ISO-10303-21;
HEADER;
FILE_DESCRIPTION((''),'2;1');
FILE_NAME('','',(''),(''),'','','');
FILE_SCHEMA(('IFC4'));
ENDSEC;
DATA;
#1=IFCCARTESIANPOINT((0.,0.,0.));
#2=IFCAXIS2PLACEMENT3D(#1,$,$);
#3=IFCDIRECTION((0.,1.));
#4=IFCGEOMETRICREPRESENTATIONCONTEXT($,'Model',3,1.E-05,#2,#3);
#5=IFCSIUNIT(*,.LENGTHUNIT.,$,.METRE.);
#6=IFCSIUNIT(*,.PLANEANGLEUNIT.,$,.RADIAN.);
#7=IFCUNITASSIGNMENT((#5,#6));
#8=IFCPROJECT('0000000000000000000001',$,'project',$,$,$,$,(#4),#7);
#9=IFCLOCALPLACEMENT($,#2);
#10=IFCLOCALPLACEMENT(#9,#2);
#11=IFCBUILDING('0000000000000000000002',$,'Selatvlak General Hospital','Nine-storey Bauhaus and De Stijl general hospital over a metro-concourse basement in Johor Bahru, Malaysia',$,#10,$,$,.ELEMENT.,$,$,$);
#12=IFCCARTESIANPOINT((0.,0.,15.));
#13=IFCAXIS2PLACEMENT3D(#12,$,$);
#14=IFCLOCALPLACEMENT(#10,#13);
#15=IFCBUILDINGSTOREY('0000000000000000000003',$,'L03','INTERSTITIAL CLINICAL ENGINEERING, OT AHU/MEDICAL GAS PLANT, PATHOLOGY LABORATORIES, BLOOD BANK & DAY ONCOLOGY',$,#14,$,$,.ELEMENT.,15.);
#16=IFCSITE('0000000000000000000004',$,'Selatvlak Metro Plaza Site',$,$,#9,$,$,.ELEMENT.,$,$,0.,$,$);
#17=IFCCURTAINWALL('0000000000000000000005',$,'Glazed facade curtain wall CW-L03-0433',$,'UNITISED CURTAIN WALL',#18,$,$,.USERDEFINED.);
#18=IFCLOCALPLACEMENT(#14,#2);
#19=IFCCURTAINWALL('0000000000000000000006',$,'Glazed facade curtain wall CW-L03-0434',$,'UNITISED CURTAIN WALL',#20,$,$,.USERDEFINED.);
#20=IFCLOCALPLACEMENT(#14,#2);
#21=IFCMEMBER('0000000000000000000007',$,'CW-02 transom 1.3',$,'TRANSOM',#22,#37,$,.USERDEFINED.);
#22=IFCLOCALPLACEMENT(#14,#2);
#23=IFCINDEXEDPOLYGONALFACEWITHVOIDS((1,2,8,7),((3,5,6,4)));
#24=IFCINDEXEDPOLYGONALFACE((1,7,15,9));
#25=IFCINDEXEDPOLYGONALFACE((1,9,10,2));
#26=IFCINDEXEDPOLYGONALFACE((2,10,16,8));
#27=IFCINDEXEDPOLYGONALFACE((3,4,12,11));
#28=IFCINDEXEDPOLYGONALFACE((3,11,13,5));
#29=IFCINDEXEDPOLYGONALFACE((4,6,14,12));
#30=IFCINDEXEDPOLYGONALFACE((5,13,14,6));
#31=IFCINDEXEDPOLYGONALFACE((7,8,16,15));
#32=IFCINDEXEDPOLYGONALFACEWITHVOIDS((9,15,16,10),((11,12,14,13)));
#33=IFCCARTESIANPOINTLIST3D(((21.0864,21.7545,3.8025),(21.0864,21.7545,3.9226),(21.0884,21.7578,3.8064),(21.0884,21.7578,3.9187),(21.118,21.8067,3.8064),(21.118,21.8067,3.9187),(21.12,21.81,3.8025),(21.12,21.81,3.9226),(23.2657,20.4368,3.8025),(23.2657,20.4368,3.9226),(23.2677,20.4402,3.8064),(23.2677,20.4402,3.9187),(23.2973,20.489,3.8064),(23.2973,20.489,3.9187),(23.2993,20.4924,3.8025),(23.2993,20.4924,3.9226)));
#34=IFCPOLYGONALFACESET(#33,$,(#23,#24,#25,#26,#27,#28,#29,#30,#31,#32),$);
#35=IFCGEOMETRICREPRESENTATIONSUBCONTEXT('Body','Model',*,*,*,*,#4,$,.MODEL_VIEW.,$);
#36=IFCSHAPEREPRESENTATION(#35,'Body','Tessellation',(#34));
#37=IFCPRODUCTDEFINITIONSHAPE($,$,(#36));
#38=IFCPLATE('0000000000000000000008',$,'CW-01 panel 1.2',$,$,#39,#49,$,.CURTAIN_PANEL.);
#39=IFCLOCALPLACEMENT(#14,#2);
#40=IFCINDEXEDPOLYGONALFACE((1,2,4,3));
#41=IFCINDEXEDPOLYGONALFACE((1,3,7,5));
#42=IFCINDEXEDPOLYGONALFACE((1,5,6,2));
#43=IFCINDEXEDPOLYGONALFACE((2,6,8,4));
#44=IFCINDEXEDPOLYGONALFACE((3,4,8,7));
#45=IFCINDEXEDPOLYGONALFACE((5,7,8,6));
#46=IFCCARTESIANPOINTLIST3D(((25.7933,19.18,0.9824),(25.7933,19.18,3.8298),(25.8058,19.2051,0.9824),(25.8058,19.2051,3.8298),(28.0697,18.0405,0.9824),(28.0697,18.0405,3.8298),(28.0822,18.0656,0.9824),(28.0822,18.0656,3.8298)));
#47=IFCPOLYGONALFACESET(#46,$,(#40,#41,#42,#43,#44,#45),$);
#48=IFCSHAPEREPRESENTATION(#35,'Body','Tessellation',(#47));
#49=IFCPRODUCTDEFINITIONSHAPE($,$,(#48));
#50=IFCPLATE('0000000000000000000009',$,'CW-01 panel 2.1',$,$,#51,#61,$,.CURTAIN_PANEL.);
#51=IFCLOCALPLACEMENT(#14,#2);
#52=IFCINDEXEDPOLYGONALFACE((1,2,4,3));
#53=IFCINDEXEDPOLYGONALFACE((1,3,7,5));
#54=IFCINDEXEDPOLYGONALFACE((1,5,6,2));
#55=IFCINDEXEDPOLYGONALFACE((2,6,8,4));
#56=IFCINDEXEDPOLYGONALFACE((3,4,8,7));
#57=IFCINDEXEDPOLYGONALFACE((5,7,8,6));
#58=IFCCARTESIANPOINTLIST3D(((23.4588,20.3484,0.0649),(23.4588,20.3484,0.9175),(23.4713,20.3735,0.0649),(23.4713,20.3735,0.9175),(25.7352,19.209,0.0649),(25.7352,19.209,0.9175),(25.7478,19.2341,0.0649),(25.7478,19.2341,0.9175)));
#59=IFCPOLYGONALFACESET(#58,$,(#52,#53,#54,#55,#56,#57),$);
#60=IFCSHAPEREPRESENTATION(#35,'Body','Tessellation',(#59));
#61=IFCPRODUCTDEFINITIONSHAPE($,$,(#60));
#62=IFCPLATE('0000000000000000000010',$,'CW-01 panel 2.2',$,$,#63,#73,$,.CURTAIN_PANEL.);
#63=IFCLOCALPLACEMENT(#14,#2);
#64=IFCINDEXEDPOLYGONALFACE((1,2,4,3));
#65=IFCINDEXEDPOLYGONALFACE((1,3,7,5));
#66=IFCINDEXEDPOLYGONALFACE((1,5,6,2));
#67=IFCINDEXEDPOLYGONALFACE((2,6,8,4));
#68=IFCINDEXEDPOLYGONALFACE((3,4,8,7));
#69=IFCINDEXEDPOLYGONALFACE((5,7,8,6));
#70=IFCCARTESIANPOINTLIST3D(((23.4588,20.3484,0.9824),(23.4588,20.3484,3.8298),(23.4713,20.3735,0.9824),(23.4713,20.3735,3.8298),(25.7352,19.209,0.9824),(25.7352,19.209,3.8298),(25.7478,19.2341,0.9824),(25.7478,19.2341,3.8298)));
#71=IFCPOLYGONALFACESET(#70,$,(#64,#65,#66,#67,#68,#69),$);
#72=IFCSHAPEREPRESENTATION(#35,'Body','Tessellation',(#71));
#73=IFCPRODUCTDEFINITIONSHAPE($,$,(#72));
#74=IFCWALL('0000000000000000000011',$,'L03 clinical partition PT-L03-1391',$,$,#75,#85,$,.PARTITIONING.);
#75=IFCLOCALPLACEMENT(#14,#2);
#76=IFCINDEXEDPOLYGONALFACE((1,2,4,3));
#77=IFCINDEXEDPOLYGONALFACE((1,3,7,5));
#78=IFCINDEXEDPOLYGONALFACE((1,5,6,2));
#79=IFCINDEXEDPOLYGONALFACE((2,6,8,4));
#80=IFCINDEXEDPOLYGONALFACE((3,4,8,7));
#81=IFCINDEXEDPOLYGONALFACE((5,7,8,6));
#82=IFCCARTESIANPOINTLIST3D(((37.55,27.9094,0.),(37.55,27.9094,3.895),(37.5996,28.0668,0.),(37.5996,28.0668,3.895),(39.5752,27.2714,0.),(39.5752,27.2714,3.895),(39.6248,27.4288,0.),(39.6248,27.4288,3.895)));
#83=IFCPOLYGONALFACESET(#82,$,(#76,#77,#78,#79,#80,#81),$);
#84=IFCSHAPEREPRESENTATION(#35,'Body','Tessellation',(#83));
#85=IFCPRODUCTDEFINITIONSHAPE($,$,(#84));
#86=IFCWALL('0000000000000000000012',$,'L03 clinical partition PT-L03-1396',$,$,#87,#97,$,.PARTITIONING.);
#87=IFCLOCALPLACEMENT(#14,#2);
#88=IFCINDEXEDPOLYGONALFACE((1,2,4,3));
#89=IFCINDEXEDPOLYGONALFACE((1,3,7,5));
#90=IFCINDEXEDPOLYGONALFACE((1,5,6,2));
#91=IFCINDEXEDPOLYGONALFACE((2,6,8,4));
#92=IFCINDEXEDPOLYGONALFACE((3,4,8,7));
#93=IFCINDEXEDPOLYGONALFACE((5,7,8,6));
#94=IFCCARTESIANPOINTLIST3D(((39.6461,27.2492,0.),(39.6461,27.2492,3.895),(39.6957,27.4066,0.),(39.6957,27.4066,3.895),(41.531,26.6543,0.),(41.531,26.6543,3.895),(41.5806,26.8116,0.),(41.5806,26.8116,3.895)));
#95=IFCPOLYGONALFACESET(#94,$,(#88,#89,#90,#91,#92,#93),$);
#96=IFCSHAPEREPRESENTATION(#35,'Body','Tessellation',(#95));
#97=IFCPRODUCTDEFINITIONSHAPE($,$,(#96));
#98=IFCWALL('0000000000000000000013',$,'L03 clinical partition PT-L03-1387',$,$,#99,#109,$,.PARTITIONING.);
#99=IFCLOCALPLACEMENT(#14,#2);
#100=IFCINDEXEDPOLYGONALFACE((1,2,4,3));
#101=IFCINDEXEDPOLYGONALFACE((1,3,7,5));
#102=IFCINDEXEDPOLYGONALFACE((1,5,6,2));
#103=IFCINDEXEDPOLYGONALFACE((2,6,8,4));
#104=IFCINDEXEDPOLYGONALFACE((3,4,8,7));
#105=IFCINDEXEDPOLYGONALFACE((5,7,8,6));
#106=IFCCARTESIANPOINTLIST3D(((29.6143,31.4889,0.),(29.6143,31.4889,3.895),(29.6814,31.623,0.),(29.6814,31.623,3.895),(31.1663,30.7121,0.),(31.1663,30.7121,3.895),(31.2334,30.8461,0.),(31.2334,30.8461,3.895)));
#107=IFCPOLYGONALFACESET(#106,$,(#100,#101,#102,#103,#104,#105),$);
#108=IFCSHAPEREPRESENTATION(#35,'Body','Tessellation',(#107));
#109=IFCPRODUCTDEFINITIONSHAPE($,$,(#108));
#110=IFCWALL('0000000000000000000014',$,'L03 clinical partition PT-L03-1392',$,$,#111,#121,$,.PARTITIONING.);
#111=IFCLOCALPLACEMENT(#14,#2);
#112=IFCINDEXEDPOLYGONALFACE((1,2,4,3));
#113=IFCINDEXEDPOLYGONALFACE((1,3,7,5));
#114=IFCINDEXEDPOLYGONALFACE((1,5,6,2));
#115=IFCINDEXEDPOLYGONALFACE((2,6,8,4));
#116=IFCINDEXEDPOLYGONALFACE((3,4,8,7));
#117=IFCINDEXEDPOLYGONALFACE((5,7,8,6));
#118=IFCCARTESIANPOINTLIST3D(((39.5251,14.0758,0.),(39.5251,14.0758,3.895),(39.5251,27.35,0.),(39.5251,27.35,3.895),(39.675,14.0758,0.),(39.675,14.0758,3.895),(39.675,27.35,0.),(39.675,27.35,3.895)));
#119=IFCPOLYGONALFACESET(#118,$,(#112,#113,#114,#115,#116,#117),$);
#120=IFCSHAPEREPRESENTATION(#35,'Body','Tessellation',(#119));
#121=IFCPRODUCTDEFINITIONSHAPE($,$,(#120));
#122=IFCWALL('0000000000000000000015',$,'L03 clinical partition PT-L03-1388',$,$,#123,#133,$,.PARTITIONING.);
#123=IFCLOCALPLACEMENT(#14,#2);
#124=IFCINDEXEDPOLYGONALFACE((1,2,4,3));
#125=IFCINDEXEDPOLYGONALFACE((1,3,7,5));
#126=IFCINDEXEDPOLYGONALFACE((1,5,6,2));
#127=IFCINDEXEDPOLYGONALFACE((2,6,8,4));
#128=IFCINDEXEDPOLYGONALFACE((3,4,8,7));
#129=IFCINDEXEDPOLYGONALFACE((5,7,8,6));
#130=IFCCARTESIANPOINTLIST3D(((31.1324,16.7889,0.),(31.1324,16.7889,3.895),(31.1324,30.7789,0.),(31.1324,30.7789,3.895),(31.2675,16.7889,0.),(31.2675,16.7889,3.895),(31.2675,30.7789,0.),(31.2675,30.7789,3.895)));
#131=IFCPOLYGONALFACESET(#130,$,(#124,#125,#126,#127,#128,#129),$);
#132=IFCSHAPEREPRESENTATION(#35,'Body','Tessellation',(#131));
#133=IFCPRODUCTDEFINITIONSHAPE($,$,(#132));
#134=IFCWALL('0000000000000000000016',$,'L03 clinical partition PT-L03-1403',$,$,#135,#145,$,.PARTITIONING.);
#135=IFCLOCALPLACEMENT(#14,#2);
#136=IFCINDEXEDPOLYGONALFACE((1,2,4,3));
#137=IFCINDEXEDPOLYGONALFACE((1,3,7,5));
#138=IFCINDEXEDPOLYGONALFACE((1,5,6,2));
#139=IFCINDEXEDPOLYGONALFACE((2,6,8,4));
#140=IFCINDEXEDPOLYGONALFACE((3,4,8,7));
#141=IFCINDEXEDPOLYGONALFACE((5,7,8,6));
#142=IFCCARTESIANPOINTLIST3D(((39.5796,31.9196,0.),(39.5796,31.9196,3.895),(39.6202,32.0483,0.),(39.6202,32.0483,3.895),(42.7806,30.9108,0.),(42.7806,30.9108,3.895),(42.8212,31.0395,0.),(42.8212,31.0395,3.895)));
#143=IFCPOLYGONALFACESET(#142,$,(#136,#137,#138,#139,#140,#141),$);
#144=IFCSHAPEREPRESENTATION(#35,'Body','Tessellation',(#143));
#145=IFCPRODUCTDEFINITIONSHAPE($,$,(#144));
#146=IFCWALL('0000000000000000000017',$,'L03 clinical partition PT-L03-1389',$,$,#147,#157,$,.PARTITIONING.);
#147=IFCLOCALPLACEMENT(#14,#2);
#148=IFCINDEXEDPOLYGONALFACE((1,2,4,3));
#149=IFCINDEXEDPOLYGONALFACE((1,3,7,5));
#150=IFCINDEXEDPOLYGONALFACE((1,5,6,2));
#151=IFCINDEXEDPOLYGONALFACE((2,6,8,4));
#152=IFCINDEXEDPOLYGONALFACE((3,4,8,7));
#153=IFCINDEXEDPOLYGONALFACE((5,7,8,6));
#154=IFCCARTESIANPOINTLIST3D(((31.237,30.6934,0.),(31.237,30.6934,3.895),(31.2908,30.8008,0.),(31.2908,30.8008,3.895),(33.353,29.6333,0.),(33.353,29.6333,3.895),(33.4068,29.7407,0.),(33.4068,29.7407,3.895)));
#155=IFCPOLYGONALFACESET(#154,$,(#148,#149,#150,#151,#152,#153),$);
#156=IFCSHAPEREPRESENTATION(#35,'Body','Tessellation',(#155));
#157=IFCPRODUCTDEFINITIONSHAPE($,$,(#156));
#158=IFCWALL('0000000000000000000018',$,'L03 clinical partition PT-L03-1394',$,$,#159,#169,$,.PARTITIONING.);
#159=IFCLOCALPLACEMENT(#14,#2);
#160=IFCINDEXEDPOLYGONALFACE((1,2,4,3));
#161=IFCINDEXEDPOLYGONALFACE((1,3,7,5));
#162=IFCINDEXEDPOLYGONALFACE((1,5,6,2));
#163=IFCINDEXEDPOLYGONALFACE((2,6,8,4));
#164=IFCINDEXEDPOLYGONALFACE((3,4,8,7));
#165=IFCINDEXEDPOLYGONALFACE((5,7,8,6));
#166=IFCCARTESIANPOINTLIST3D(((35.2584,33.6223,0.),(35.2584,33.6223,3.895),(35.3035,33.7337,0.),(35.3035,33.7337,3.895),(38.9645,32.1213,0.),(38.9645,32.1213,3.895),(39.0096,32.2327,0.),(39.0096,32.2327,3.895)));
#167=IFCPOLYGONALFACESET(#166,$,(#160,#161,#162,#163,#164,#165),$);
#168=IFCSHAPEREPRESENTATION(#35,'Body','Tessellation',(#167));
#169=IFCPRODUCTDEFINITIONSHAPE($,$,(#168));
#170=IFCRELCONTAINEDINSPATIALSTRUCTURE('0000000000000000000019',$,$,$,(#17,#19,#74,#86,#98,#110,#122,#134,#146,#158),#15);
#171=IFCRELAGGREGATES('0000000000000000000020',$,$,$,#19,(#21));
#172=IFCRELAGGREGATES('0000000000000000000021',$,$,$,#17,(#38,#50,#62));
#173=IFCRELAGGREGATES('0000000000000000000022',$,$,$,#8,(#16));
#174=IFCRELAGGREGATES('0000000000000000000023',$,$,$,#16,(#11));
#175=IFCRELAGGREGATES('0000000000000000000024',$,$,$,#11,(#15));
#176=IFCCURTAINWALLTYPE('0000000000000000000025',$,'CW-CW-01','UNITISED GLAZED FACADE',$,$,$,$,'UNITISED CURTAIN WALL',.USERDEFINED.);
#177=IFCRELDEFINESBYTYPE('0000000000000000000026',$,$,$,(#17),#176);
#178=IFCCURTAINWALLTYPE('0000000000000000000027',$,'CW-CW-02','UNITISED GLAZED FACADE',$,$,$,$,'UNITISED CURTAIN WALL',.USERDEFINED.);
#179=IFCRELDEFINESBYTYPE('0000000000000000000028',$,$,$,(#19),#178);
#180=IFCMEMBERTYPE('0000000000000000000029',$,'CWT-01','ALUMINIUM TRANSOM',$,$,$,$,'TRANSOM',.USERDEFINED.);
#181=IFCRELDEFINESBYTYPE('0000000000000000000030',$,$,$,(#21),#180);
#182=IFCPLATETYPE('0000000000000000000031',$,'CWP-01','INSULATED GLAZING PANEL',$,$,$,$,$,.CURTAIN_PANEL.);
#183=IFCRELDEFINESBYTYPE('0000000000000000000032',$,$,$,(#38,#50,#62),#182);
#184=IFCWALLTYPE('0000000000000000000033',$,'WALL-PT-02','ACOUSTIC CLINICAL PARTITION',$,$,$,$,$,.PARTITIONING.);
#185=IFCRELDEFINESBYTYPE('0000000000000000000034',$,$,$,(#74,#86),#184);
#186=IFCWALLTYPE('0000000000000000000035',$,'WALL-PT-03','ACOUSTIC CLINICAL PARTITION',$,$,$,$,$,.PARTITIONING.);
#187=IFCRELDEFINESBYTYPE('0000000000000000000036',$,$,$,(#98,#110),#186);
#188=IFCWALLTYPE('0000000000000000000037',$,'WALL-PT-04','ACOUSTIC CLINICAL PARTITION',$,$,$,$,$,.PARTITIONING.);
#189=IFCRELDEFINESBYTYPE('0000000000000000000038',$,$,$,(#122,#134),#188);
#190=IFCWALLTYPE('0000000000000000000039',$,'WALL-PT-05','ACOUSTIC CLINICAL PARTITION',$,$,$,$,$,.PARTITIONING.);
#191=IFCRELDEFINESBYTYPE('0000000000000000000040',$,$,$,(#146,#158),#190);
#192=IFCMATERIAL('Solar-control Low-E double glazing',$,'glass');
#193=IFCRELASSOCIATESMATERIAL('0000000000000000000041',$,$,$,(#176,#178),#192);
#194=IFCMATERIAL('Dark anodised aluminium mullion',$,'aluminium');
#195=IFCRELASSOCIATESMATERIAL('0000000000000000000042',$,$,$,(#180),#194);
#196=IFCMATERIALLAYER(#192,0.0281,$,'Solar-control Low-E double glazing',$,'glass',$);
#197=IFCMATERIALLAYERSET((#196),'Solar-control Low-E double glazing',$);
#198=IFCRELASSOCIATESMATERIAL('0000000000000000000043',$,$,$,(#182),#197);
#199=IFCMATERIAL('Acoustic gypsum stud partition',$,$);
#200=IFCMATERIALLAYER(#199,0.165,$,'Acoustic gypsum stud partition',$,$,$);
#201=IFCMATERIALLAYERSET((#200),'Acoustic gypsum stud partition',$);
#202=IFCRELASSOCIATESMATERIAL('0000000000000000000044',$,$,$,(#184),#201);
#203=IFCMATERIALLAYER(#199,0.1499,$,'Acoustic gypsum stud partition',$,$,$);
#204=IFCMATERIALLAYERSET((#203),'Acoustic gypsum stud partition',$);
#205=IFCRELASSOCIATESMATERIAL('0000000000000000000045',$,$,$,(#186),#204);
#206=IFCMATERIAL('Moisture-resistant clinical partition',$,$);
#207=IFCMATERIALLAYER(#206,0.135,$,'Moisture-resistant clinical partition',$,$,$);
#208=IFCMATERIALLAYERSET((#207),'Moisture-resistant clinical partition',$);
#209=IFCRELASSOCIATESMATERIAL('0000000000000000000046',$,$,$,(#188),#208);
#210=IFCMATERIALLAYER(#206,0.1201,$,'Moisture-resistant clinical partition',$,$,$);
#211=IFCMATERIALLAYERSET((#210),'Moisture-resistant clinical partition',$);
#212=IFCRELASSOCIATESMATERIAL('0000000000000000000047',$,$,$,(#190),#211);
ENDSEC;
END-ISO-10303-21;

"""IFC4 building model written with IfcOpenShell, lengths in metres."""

from ifc_helpers import new_model, si_unit, direction, frame, frame_2d, origin, origin_2d, place, context, subcontext, project, spatial, rectangle, hollow_rectangle, extrude, material, layer, layer_set, material_profile, profile_set, type_object, element, aggregate, save


model = new_model("IFC4")

# Units and contexts
model_context = context("Model", 3, precision=1e-05, world=origin(), true_north=direction((0.0, 1.0)))
body_context = subcontext(model_context, "Body", "Model", "MODEL_VIEW")
ifc_project = project(units=[si_unit("LENGTHUNIT", "METRE"), si_unit("PLANEANGLEUNIT", "RADIAN")], contexts=[model_context])

# Site, building, storey
site_placement = place(None, origin())
site = spatial("IfcSite", under=ifc_project, at=site_placement, Name="Selatvlak Metro Plaza Site", CompositionType="ELEMENT", RefElevation=0.0)
building_placement = place(site_placement, origin())
building = spatial("IfcBuilding", under=site, at=building_placement, Name="Selatvlak General Hospital", Description="Nine-storey Bauhaus and De Stijl general hospital over a metro-concourse basement in Johor Bahru, Malaysia", CompositionType="ELEMENT")
storey_placement = place(building_placement, frame((0.0, 0.0, 15.0)))
storey = spatial("IfcBuildingStorey", under=building, at=storey_placement, Name="L03", Description="INTERSTITIAL CLINICAL ENGINEERING, OT AHU/MEDICAL GAS PLANT, PATHOLOGY LABORATORIES, BLOOD BANK & DAY ONCOLOGY", CompositionType="ELEMENT", Elevation=15.0)

# Curtain wall
ifc_material_1 = material(Name="Solar-control Low-E double glazing", Category="glass")
curtain_wall_type_1 = type_object("IfcCurtainWallType", Name="CW-CW-01", Description="UNITISED GLAZED FACADE", ElementType="UNITISED CURTAIN WALL", PredefinedType="USERDEFINED", material=ifc_material_1)
curtain_wall_1_placement = place(storey_placement, origin())
curtain_wall_1 = element("IfcCurtainWall", 1, at=curtain_wall_1_placement, inside=storey, type_object=curtain_wall_type_1, Name="Glazed facade curtain wall CW-L03-0433", ObjectType="UNITISED CURTAIN WALL", PredefinedType="USERDEFINED")
ifc_material_2 = material(Name="Dark anodised aluminium mullion", Category="aluminium")

# Curtain wall
curtain_wall_type_2 = type_object("IfcCurtainWallType", Name="CW-CW-02", Description="UNITISED GLAZED FACADE", ElementType="UNITISED CURTAIN WALL", PredefinedType="USERDEFINED", material=ifc_material_1)
curtain_wall_2_placement = place(storey_placement, origin())
curtain_wall_2 = element("IfcCurtainWall", 2, at=curtain_wall_2_placement, inside=storey, type_object=curtain_wall_type_2, Name="Glazed facade curtain wall CW-L03-0434", ObjectType="UNITISED CURTAIN WALL", PredefinedType="USERDEFINED")

# Member
ifc_material_profile_1 = material_profile(ifc_material_2, hollow_rectangle(XDim=0.0649, YDim=0.1201, WallThickness=0.0039, at=origin_2d()), Name="AL-TRN 65x120x4")
ifc_profile_set_1 = profile_set([ifc_material_profile_1], Name="Dark anodised aluminium mullion")
member_type_1 = type_object("IfcMemberType", Name="CWT-01", Description="ALUMINIUM TRANSOM", ElementType="TRANSOM", PredefinedType="USERDEFINED", material=ifc_profile_set_1)
member_1_placement = place(storey_placement, frame((23.2825, 20.4646, 3.8625), z_axis=(-0.855737, 0.517411, 0.0), x_axis=(-0.517411, -0.855737, 0.0)))
member_1 = element("IfcMember", 3, at=member_1_placement, type_object=member_type_1, Name="CW-02 transom 1.3", ObjectType="TRANSOM", PredefinedType="USERDEFINED", context=body_context, shape_type="SweptSolid", body=[
    extrude(hollow_rectangle(XDim=0.0649, YDim=0.1201, WallThickness=0.0039, at=origin_2d()), origin(), (0.0, 0.0, 1.0), 2.5466),
])
aggregate(curtain_wall_2, [member_1])

# Plates
ifc_layer_1 = layer(ifc_material_1, 0.0281, Name="Solar-control Low-E double glazing", Category="glass")
ifc_layer_set_1 = layer_set([ifc_layer_1], Name="Solar-control Low-E double glazing")
plate_type = type_object("IfcPlateType", Name="CWP-01", Description="INSULATED GLAZING PANEL", PredefinedType="CURTAIN_PANEL", material=ifc_layer_set_1)
plate_1_placement = place(storey_placement, frame((26.9377, 18.6228, 0.9824), z_axis=(0.0, 0.0, 1.0), x_axis=(-0.894238, 0.447592, 0.0)))
plate_1 = element("IfcPlate", 4, at=plate_1_placement, type_object=plate_type, Name="CW-01 panel 1.2", PredefinedType="CURTAIN_PANEL", context=body_context, shape_type="SweptSolid", body=[
    extrude(rectangle(XDim=2.5457, YDim=0.0281, at=origin_2d()), origin(), (0.0, 0.0, 1.0), 2.8474),
])
plate_2_placement = place(storey_placement, frame((24.6033, 19.7913, 0.0649), z_axis=(0.0, 0.0, 1.0), x_axis=(-0.894238, 0.447592, 0.0)))
plate_2 = element("IfcPlate", 5, at=plate_2_placement, type_object=plate_type, Name="CW-01 panel 2.1", PredefinedType="CURTAIN_PANEL", context=body_context, shape_type="SweptSolid", body=[
    extrude(rectangle(XDim=2.5457, YDim=0.0281, at=origin_2d()), origin(), (0.0, 0.0, 1.0), 0.8525),
])
plate_3_placement = place(storey_placement, frame((24.6033, 19.7913, 0.9824), z_axis=(0.0, 0.0, 1.0), x_axis=(-0.894238, 0.447592, 0.0)))
plate_3 = element("IfcPlate", 6, at=plate_3_placement, type_object=plate_type, Name="CW-01 panel 2.2", PredefinedType="CURTAIN_PANEL", context=body_context, shape_type="SweptSolid", body=[
    extrude(rectangle(XDim=2.5457, YDim=0.0281, at=origin_2d()), origin(), (0.0, 0.0, 1.0), 2.8474),
])
aggregate(curtain_wall_1, [plate_1, plate_2, plate_3])

# Shared definitions
ifc_material_3 = material(Name="Acoustic gypsum stud partition")

# Walls
ifc_layer_2 = layer(ifc_material_3, 0.165, Name="Acoustic gypsum stud partition")
ifc_layer_set_2 = layer_set([ifc_layer_2], Name="Acoustic gypsum stud partition")
wall_type_1 = type_object("IfcWallType", Name="WALL-PT-02", Description="ACOUSTIC CLINICAL PARTITION", PredefinedType="PARTITIONING", material=ifc_layer_set_2)
wall_1_placement = place(storey_placement, frame((37.575, 27.988, 0.0), z_axis=(0.0, 0.0, 1.0), x_axis=(0.953796, -0.300454, 0.0)))
element("IfcWall", 7, at=wall_1_placement, inside=storey, type_object=wall_type_1, Name="L03 clinical partition PT-L03-1391", PredefinedType="PARTITIONING", context=body_context, shape_type="SweptSolid", body=[
    extrude(rectangle(XDim=2.1233, YDim=0.165, at=frame_2d((1.0615, 0.0))), origin(), (0.0, 0.0, 1.0), 3.895),
])
wall_2_placement = place(storey_placement, frame((39.6709, 27.3279, 0.0), z_axis=(0.0, 0.0, 1.0), x_axis=(0.953626, -0.300995, 0.0)))
element("IfcWall", 8, at=wall_2_placement, inside=storey, type_object=wall_type_1, Name="L03 clinical partition PT-L03-1396", PredefinedType="PARTITIONING", context=body_context, shape_type="SweptSolid", body=[
    extrude(rectangle(XDim=1.9766, YDim=0.165, at=frame_2d((0.9883, 0.0))), origin(), (0.0, 0.0, 1.0), 3.895),
])
ifc_layer_3 = layer(ifc_material_3, 0.1499, Name="Acoustic gypsum stud partition")
ifc_layer_set_3 = layer_set([ifc_layer_3], Name="Acoustic gypsum stud partition")
wall_type_2 = type_object("IfcWallType", Name="WALL-PT-03", Description="ACOUSTIC CLINICAL PARTITION", PredefinedType="PARTITIONING", material=ifc_layer_set_3)
wall_3_placement = place(storey_placement, frame((29.6479, 31.5559, 0.0), z_axis=(0.0, 0.0, 1.0), x_axis=(0.89423, -0.447607, 0.0)))
element("IfcWall", 9, at=wall_3_placement, inside=storey, type_object=wall_type_2, Name="L03 clinical partition PT-L03-1387", PredefinedType="PARTITIONING", context=body_context, shape_type="SweptSolid", body=[
    extrude(rectangle(XDim=1.7356, YDim=0.1499, at=frame_2d((0.8677, 0.0))), origin(), (0.0, 0.0, 1.0), 3.895),
])
wall_4_placement = place(storey_placement, frame((39.6001, 27.3501, 0.0), z_axis=(0.0, 0.0, 1.0), x_axis=(0.0, -1.0, 0.0)))
element("IfcWall", 10, at=wall_4_placement, inside=storey, type_object=wall_type_2, Name="L03 clinical partition PT-L03-1392", PredefinedType="PARTITIONING", context=body_context, shape_type="SweptSolid", body=[
    extrude(rectangle(XDim=13.2742, YDim=0.1499, at=frame_2d((6.6372, 0.0))), origin(), (0.0, 0.0, 1.0), 3.895),
])

# Walls
ifc_material_4 = material(Name="Moisture-resistant clinical partition")
ifc_layer_4 = layer(ifc_material_4, 0.135, Name="Moisture-resistant clinical partition")
ifc_layer_set_4 = layer_set([ifc_layer_4], Name="Moisture-resistant clinical partition")
wall_type_3 = type_object("IfcWallType", Name="WALL-PT-04", Description="ACOUSTIC CLINICAL PARTITION", PredefinedType="PARTITIONING", material=ifc_layer_set_4)
wall_5_placement = place(storey_placement, frame((31.2, 30.7791, 0.0), z_axis=(0.0, 0.0, 1.0), x_axis=(0.0, -1.0, 0.0)))
element("IfcWall", 11, at=wall_5_placement, inside=storey, type_object=wall_type_3, Name="L03 clinical partition PT-L03-1388", PredefinedType="PARTITIONING", context=body_context, shape_type="SweptSolid", body=[
    extrude(rectangle(XDim=13.99, YDim=0.135, at=frame_2d((6.9951, 0.0))), origin(), (0.0, 0.0, 1.0), 3.895),
])
wall_6_placement = place(storey_placement, frame((42.801, 30.9751, 0.0), z_axis=(0.0, 0.0, 1.0), x_axis=(-0.953756, 0.300581, 0.0)))
element("IfcWall", 12, at=wall_6_placement, inside=storey, type_object=wall_type_3, Name="L03 clinical partition PT-L03-1403", PredefinedType="PARTITIONING", context=body_context, shape_type="SweptSolid", body=[
    extrude(rectangle(XDim=3.3562, YDim=0.135, at=frame_2d((1.6782, 0.0))), origin(), (0.0, 0.0, 1.0), 3.895),
])
ifc_layer_5 = layer(ifc_material_4, 0.1201, Name="Moisture-resistant clinical partition")
ifc_layer_set_5 = layer_set([ifc_layer_5], Name="Moisture-resistant clinical partition")
wall_type_4 = type_object("IfcWallType", Name="WALL-PT-05", Description="ACOUSTIC CLINICAL PARTITION", PredefinedType="PARTITIONING", material=ifc_layer_set_5)
wall_7_placement = place(storey_placement, frame((31.2639, 30.7471, 0.0), z_axis=(0.0, 0.0, 1.0), x_axis=(0.894076, -0.447915, 0.0)))
element("IfcWall", 13, at=wall_7_placement, inside=storey, type_object=wall_type_4, Name="L03 clinical partition PT-L03-1389", PredefinedType="PARTITIONING", context=body_context, shape_type="SweptSolid", body=[
    extrude(rectangle(XDim=2.3667, YDim=0.1201, at=frame_2d((1.1833, 0.0))), origin(), (0.0, 0.0, 1.0), 3.895),
])
wall_8_placement = place(storey_placement, frame((38.9871, 32.177, 0.0), z_axis=(0.0, 0.0, 1.0), x_axis=(-0.926868, 0.375388, 0.0)))
element("IfcWall", 14, at=wall_8_placement, inside=storey, type_object=wall_type_4, Name="L03 clinical partition PT-L03-1394", PredefinedType="PARTITIONING", context=body_context, shape_type="SweptSolid", body=[
    extrude(rectangle(XDim=3.9985, YDim=0.1201, at=frame_2d((1.9993, 0.0))), origin(), (0.0, 0.0, 1.0), 3.895),
])

save(model, "model.ifc")
